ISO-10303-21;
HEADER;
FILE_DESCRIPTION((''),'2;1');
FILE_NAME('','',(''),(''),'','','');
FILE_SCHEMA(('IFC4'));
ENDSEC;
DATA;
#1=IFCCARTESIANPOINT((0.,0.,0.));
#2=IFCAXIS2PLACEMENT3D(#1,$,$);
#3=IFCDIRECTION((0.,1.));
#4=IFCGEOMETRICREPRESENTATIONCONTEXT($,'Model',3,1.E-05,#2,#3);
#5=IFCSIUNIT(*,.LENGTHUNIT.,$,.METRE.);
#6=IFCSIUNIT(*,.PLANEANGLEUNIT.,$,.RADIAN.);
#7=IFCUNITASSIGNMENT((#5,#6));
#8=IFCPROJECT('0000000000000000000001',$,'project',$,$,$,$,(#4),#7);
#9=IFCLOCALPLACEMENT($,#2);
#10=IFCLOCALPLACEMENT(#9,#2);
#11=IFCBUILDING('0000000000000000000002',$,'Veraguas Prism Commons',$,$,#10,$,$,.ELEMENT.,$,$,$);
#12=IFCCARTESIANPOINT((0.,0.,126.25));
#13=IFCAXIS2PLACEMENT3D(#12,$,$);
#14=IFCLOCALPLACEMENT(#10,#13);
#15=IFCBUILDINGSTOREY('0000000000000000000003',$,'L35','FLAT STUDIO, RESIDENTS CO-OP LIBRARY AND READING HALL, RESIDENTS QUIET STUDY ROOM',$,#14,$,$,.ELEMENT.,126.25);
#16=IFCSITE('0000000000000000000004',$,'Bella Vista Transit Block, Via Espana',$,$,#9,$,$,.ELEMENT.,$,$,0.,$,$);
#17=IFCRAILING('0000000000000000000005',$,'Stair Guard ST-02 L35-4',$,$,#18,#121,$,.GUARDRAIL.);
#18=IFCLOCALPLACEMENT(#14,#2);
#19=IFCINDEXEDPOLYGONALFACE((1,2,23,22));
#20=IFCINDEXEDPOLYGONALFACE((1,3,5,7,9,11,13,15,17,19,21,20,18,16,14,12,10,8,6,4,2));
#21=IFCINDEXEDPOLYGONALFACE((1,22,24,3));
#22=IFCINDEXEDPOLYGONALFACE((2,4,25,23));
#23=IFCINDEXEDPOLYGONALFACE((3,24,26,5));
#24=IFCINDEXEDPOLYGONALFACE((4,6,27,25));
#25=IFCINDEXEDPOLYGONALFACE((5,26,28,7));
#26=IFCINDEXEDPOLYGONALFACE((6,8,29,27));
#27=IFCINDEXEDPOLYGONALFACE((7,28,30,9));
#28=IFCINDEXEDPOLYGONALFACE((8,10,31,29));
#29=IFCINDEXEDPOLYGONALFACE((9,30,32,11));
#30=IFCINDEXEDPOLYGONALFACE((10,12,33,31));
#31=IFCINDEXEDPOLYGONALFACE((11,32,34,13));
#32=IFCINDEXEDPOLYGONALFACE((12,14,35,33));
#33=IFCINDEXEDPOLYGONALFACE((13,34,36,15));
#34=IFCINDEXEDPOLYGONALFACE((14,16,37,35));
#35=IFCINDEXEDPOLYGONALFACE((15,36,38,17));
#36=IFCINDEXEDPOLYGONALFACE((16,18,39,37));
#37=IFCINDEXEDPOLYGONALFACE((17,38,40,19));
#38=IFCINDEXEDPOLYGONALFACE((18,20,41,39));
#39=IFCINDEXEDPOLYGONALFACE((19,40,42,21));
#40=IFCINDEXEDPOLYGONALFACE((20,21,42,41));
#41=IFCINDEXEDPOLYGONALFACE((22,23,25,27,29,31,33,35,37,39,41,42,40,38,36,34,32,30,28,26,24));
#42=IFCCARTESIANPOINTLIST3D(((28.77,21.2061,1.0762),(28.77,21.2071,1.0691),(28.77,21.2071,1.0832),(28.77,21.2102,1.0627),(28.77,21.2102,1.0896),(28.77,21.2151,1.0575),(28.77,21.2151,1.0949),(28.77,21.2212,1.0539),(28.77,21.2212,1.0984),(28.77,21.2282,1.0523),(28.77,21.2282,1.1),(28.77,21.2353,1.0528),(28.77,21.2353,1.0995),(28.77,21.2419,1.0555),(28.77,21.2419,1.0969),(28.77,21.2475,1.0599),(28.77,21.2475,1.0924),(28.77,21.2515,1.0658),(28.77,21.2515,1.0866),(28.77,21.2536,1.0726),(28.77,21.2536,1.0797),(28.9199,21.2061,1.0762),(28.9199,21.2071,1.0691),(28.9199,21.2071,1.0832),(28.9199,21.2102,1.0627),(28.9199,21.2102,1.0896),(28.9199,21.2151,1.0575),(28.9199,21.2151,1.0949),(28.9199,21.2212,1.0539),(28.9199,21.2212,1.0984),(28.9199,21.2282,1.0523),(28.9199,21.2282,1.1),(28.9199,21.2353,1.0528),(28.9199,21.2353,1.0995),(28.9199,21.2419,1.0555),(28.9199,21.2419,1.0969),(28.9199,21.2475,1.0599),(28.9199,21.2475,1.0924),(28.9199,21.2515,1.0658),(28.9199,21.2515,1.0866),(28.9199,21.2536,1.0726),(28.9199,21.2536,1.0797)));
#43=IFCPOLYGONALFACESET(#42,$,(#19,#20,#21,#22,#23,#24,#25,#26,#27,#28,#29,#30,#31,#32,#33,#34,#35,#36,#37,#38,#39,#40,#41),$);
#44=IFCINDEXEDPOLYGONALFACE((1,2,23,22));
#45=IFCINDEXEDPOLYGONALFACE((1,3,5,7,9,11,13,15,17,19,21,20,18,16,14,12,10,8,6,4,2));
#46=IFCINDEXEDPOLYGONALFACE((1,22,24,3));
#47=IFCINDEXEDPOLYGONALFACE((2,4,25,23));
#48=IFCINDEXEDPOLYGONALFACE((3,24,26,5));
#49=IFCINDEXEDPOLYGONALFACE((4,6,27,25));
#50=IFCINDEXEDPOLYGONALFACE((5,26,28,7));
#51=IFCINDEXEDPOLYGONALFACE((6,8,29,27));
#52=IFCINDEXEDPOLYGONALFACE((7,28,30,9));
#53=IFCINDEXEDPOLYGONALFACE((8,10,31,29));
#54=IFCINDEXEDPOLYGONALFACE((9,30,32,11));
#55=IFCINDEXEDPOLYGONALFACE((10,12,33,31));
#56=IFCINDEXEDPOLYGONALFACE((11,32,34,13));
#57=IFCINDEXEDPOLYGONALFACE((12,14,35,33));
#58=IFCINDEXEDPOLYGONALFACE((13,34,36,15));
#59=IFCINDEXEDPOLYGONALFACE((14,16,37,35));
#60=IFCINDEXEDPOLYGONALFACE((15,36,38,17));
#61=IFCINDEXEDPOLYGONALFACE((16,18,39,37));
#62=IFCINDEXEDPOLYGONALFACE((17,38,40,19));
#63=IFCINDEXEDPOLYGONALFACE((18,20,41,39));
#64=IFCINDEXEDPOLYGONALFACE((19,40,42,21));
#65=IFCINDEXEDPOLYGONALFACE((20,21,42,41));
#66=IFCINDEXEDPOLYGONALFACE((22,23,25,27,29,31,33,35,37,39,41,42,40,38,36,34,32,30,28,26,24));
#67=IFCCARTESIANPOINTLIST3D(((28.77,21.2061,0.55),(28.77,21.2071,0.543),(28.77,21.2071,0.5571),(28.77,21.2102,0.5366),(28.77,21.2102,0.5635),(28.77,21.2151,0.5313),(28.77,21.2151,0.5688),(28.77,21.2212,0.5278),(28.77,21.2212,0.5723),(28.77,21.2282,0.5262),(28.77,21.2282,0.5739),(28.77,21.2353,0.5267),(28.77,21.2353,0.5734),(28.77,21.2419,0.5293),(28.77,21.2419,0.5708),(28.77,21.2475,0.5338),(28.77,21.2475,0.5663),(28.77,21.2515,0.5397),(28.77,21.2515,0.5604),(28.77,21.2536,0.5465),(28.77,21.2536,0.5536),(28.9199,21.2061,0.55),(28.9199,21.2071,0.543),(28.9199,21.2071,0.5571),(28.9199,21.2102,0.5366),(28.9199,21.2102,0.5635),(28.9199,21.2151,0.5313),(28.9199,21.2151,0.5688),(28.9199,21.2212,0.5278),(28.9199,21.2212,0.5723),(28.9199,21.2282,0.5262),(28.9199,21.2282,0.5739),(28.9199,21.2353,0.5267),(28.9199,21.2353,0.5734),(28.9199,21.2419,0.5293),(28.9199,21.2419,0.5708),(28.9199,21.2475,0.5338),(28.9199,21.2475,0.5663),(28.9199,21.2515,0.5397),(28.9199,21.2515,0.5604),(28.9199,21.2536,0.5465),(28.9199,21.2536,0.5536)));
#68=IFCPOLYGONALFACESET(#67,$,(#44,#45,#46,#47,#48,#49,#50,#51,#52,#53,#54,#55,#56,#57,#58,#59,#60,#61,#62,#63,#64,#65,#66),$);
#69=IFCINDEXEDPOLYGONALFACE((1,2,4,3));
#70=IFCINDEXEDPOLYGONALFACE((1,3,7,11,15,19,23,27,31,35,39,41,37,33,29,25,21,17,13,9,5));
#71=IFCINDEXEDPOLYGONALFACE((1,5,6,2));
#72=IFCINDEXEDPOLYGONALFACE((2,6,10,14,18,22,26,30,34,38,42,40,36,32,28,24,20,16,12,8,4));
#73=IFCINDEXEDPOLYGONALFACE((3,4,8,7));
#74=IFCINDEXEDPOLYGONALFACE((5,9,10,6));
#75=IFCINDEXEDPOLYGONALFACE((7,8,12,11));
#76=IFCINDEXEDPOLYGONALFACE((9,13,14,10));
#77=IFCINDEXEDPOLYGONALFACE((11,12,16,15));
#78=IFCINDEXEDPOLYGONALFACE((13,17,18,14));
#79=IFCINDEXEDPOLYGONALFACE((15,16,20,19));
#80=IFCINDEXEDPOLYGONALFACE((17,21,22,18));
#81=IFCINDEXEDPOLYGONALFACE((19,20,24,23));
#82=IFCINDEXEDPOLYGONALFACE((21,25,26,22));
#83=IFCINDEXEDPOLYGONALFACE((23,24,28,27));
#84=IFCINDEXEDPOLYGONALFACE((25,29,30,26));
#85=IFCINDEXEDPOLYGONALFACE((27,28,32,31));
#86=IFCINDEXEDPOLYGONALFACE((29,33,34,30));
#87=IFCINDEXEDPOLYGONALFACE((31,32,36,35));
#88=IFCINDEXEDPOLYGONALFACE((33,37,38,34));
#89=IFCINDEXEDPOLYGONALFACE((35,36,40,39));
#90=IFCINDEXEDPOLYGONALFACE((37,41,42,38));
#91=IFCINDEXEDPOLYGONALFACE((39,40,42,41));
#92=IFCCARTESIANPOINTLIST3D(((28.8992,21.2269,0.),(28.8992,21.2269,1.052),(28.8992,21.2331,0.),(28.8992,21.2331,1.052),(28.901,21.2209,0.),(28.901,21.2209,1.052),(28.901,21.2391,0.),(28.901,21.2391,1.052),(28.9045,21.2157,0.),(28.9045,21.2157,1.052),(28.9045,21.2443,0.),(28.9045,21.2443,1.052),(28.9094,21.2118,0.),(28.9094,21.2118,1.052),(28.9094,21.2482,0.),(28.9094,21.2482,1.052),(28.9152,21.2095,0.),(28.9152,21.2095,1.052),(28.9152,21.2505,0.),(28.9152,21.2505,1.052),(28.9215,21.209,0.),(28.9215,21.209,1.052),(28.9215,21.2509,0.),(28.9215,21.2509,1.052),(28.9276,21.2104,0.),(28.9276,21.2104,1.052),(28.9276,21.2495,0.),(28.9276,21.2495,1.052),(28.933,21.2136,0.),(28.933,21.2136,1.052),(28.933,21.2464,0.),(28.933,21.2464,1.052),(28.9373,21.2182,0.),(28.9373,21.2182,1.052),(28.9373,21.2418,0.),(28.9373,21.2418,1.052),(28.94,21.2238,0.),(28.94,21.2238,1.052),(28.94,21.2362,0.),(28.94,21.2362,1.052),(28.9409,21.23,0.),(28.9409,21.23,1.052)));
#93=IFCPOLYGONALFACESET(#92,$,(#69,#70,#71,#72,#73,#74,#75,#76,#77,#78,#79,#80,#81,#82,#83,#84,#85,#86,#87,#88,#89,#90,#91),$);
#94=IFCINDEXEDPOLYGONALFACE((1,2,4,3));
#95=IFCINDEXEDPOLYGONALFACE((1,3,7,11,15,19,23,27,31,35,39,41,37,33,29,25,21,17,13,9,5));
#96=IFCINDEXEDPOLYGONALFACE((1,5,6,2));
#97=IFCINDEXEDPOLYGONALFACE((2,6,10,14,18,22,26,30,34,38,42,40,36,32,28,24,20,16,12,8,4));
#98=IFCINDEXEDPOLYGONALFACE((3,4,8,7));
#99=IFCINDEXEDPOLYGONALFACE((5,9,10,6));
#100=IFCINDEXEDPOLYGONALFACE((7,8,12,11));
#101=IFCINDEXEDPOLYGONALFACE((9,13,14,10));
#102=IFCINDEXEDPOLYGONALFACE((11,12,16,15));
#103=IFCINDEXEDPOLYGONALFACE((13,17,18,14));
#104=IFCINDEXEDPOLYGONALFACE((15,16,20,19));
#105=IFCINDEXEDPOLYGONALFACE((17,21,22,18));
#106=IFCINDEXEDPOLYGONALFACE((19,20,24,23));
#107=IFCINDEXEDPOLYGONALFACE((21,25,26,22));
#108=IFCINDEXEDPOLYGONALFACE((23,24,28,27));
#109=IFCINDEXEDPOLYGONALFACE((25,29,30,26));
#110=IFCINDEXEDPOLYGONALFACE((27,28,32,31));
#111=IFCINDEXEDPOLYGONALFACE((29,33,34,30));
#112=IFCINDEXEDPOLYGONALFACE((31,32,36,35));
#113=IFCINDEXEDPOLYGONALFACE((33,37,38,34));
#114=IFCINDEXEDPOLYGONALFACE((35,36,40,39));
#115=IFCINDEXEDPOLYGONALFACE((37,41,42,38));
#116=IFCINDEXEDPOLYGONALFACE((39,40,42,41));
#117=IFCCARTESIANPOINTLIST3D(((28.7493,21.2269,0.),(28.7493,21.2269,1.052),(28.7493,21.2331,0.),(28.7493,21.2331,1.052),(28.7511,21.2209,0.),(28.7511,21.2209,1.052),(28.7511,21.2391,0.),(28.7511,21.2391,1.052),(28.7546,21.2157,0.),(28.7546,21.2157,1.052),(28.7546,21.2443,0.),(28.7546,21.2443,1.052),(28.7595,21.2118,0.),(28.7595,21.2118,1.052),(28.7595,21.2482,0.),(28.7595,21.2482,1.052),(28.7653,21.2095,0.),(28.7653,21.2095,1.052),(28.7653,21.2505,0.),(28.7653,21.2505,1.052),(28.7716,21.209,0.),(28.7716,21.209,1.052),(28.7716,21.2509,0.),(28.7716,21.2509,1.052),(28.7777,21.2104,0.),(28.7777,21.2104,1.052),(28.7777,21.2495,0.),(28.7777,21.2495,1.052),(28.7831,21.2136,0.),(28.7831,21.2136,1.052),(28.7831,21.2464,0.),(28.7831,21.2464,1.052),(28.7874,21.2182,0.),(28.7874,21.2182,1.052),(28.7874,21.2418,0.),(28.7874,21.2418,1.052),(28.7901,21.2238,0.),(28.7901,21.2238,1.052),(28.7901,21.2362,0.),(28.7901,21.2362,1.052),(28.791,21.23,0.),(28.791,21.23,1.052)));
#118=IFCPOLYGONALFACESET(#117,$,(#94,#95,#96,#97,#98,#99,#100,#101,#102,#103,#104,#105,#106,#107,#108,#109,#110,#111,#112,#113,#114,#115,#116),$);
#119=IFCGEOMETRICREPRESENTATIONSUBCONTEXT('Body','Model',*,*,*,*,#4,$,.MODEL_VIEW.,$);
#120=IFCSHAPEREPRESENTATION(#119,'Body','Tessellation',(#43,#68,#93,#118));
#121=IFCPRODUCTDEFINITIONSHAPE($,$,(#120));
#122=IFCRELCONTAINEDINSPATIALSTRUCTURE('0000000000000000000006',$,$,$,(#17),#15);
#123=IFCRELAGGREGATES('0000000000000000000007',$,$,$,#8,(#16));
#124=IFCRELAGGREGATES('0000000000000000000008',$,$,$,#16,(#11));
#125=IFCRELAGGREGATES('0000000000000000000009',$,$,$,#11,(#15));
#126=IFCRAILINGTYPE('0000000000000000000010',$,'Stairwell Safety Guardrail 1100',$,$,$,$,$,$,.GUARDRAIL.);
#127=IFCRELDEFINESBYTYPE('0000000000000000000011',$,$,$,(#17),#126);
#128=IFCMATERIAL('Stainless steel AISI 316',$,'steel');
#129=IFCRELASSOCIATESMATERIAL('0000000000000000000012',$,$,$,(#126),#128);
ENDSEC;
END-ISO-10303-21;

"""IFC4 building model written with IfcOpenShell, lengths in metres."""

from ifc_helpers import new_model, si_unit, direction, frame, origin, origin_2d, place, context, subcontext, project, spatial, circle, extrude, material, type_object, element, save


model = new_model("IFC4")

# Units and contexts
model_context = context("Model", 3, precision=1e-05, world=origin(), true_north=direction((0.0, 1.0)))
body_context = subcontext(model_context, "Body", "Model", "MODEL_VIEW")
ifc_project = project(units=[si_unit("LENGTHUNIT", "METRE"), si_unit("PLANEANGLEUNIT", "RADIAN")], contexts=[model_context])

# Site, building, storey
site_placement = place(None, origin())
site = spatial("IfcSite", under=ifc_project, at=site_placement, Name="Bella Vista Transit Block, Via Espana", CompositionType="ELEMENT", RefElevation=0.0)
building_placement = place(site_placement, origin())
building = spatial("IfcBuilding", under=site, at=building_placement, Name="Veraguas Prism Commons", CompositionType="ELEMENT")
storey_placement = place(building_placement, frame((0.0, 0.0, 126.25)))
storey = spatial("IfcBuildingStorey", under=building, at=storey_placement, Name="L35", Description="FLAT STUDIO, RESIDENTS CO-OP LIBRARY AND READING HALL, RESIDENTS QUIET STUDY ROOM", CompositionType="ELEMENT", Elevation=126.25)

# Shared definitions
ifc_material_1 = material(Name="Stainless steel AISI 316", Category="steel")

# Railing
railing_type_1 = type_object("IfcRailingType", Name="Stairwell Safety Guardrail 1100", PredefinedType="GUARDRAIL", material=ifc_material_1)
railing_1_placement = place(storey_placement, frame((28.9199, 21.23, 0.0)))
element("IfcRailing", 1, at=railing_1_placement, inside=storey, type_object=railing_type_1, Name="Stair Guard ST-02 L35-4", PredefinedType="GUARDRAIL", context=body_context, shape_type="SweptSolid", body=[
    extrude(circle(Radius=0.0239, at=origin_2d()), frame((0.0, 0.0, 1.0762), z_axis=(-1.0, 0.0, 0.0), x_axis=(0.0, -1.0, 0.0)), (0.0, 0.0, 1.0), 0.1499),
    extrude(circle(Radius=0.0239, at=origin_2d()), frame((0.0, 0.0, 0.55), z_axis=(-1.0, 0.0, 0.0), x_axis=(0.0, -1.0, 0.0)), (0.0, 0.0, 1.0), 0.1499),
    extrude(circle(Radius=0.021, at=origin_2d()), origin(), (0.0, 0.0, 1.0), 1.052),
    extrude(circle(Radius=0.021, at=origin_2d()), frame((-0.1499, 0.0, 0.0)), (0.0, 0.0, 1.0), 1.052),
])

save(model, "model.ifc")
